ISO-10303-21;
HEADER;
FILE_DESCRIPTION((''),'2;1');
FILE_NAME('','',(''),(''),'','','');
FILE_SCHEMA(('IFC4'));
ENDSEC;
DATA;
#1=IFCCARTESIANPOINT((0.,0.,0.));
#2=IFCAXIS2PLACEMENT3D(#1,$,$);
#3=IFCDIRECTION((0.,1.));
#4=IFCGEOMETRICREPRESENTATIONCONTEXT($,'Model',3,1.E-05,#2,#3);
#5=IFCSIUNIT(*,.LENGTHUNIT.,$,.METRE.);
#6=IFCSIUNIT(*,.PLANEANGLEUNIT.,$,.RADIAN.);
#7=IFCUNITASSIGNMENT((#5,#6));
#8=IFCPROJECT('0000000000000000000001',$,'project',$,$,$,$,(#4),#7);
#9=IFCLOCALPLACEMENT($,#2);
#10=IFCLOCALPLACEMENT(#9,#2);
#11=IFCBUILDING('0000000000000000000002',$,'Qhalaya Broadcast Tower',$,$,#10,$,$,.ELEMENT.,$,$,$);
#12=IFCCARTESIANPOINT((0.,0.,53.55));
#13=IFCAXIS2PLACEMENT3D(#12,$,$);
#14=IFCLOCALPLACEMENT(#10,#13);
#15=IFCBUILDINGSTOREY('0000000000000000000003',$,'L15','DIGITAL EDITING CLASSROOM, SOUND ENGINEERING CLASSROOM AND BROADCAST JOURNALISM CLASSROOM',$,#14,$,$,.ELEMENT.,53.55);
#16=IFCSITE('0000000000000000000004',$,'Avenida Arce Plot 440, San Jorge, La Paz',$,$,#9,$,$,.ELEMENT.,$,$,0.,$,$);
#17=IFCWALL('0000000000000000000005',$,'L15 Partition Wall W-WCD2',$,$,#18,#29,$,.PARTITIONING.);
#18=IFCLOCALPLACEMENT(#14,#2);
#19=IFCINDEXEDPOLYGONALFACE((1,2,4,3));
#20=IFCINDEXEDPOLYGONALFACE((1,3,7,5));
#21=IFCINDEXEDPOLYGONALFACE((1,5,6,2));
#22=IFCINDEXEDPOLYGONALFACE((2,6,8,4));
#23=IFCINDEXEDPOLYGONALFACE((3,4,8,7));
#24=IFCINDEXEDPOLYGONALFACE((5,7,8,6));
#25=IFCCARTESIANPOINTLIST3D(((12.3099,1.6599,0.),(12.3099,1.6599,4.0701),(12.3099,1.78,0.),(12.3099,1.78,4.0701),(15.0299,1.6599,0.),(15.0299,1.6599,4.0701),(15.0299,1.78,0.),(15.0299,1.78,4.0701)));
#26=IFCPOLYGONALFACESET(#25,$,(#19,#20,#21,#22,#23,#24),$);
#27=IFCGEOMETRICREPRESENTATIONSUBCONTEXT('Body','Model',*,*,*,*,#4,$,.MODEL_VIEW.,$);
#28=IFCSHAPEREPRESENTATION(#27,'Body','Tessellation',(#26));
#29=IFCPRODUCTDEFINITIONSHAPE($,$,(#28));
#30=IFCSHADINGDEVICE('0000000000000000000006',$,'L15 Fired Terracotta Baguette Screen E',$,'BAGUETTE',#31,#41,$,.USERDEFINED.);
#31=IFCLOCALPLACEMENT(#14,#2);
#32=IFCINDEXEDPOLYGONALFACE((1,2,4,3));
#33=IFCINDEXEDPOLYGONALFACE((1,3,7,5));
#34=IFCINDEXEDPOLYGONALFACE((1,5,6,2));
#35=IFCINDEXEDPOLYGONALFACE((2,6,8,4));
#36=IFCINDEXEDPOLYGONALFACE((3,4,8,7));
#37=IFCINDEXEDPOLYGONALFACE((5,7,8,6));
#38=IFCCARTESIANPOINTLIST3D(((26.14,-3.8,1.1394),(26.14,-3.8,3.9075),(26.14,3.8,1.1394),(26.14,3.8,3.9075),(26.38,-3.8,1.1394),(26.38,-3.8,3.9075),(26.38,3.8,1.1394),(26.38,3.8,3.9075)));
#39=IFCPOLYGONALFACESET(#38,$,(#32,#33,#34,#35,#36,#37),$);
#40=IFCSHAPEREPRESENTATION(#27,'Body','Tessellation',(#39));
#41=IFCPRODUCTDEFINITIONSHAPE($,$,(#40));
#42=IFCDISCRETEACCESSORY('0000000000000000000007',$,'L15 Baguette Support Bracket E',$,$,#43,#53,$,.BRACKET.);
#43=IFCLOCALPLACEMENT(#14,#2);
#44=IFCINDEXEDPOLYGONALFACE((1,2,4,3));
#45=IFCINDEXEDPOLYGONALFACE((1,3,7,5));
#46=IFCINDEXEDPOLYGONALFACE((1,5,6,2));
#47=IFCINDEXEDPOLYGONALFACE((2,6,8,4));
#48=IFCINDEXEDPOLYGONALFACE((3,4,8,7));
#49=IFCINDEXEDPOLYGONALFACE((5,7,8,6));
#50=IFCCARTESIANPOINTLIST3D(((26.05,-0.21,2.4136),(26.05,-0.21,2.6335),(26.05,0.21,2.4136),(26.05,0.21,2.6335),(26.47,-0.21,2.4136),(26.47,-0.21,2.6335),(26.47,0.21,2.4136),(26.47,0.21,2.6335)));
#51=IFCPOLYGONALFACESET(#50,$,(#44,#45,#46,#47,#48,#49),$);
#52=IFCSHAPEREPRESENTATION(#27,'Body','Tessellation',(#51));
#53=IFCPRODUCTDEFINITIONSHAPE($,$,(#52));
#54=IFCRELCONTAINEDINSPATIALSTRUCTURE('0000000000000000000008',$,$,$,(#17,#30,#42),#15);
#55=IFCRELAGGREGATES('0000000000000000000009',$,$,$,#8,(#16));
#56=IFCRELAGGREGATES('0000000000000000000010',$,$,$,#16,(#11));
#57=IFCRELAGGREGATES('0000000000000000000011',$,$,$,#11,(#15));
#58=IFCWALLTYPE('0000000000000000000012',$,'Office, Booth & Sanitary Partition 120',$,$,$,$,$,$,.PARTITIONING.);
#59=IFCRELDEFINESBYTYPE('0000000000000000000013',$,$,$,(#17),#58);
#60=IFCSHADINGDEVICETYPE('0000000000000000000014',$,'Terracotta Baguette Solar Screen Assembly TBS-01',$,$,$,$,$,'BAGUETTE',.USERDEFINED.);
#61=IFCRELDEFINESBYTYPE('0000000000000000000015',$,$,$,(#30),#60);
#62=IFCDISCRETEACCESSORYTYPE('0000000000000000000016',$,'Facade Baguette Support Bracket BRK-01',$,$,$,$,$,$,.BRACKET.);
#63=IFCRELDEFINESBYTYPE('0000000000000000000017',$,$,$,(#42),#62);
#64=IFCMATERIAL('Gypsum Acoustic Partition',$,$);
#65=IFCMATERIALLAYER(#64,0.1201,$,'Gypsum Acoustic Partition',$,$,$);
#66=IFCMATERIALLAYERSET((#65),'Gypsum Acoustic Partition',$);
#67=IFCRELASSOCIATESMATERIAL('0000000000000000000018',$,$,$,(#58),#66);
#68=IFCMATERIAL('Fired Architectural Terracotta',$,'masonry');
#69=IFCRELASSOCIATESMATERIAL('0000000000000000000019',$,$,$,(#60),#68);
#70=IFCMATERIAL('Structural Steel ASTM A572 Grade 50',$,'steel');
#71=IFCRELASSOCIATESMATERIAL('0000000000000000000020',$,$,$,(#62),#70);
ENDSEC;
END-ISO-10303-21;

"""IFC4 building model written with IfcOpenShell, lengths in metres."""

from ifc_helpers import new_model, si_unit, direction, frame, frame_2d, origin, origin_2d, place, context, subcontext, project, spatial, rectangle, extrude, material, layer, layer_set, type_object, element, save


model = new_model("IFC4")

# Units and contexts
model_context = context("Model", 3, precision=1e-05, world=origin(), true_north=direction((0.0, 1.0)))
body_context = subcontext(model_context, "Body", "Model", "MODEL_VIEW")
ifc_project = project(units=[si_unit("LENGTHUNIT", "METRE"), si_unit("PLANEANGLEUNIT", "RADIAN")], contexts=[model_context])

# Site, building, storey
site_placement = place(None, origin())
site = spatial("IfcSite", under=ifc_project, at=site_placement, Name="Avenida Arce Plot 440, San Jorge, La Paz", CompositionType="ELEMENT", RefElevation=0.0)
building_placement = place(site_placement, origin())
building = spatial("IfcBuilding", under=site, at=building_placement, Name="Qhalaya Broadcast Tower", CompositionType="ELEMENT")
storey_placement = place(building_placement, frame((0.0, 0.0, 53.55)))
storey = spatial("IfcBuildingStorey", under=building, at=storey_placement, Name="L15", Description="DIGITAL EDITING CLASSROOM, SOUND ENGINEERING CLASSROOM AND BROADCAST JOURNALISM CLASSROOM", CompositionType="ELEMENT", Elevation=53.55)

# Shared definitions
ifc_material_1 = material(Name="Structural Steel ASTM A572 Grade 50", Category="steel")

# Shared definitions
ifc_material_2 = material(Name="Fired Architectural Terracotta", Category="masonry")

# Shared definitions
ifc_material_3 = material(Name="Gypsum Acoustic Partition")
ifc_layer_1 = layer(ifc_material_3, 0.1201, Name="Gypsum Acoustic Partition")
ifc_layer_set_1 = layer_set([ifc_layer_1], Name="Gypsum Acoustic Partition")
wall_type_1 = type_object("IfcWallType", Name="Office, Booth & Sanitary Partition 120", PredefinedType="PARTITIONING", material=ifc_layer_set_1)

# Wall
wall_1_placement = place(storey_placement, frame((12.3101, 1.72, 0.0), z_axis=(0.0, 0.0, 1.0), x_axis=(1.0, 0.0, 0.0)))
element("IfcWall", 1, at=wall_1_placement, inside=storey, type_object=wall_type_1, Name="L15 Partition Wall W-WCD2", PredefinedType="PARTITIONING", context=body_context, shape_type="SweptSolid", body=[
    extrude(rectangle(XDim=2.72, YDim=0.1201, at=frame_2d((1.3599, 0.0))), origin(), (0.0, 0.0, 1.0), 4.0701),
])

# Shading device
shading_device_type = type_object("IfcShadingDeviceType", Name="Terracotta Baguette Solar Screen Assembly TBS-01", ElementType="BAGUETTE", PredefinedType="USERDEFINED", material=ifc_material_2)
shading_device_placement = place(storey_placement, frame((26.26, 0.0, 1.1394), z_axis=(0.0, 0.0, 1.0), x_axis=(0.0, 1.0, 0.0)))
element("IfcShadingDevice", 2, at=shading_device_placement, inside=storey, type_object=shading_device_type, Name="L15 Fired Terracotta Baguette Screen E", ObjectType="BAGUETTE", PredefinedType="USERDEFINED", context=body_context, shape_type="SweptSolid", body=[
    extrude(rectangle(XDim=7.6001, YDim=0.24, at=origin_2d()), origin(), (0.0, 0.0, 1.0), 2.7681),
])

# Discrete accessory
discrete_accessory_type = type_object("IfcDiscreteAccessoryType", Name="Facade Baguette Support Bracket BRK-01", PredefinedType="BRACKET", material=ifc_material_1)
discrete_accessory_placement = place(storey_placement, frame((26.26, 0.0, 2.4136), z_axis=(0.0, 0.0, 1.0), x_axis=(0.0, 1.0, 0.0)))
element("IfcDiscreteAccessory", 3, at=discrete_accessory_placement, inside=storey, type_object=discrete_accessory_type, Name="L15 Baguette Support Bracket E", PredefinedType="BRACKET", context=body_context, shape_type="SweptSolid", body=[
    extrude(rectangle(XDim=0.4199, YDim=0.4199, at=origin_2d()), origin(), (0.0, 0.0, 1.0), 0.22),
])

save(model, "model.ifc")
